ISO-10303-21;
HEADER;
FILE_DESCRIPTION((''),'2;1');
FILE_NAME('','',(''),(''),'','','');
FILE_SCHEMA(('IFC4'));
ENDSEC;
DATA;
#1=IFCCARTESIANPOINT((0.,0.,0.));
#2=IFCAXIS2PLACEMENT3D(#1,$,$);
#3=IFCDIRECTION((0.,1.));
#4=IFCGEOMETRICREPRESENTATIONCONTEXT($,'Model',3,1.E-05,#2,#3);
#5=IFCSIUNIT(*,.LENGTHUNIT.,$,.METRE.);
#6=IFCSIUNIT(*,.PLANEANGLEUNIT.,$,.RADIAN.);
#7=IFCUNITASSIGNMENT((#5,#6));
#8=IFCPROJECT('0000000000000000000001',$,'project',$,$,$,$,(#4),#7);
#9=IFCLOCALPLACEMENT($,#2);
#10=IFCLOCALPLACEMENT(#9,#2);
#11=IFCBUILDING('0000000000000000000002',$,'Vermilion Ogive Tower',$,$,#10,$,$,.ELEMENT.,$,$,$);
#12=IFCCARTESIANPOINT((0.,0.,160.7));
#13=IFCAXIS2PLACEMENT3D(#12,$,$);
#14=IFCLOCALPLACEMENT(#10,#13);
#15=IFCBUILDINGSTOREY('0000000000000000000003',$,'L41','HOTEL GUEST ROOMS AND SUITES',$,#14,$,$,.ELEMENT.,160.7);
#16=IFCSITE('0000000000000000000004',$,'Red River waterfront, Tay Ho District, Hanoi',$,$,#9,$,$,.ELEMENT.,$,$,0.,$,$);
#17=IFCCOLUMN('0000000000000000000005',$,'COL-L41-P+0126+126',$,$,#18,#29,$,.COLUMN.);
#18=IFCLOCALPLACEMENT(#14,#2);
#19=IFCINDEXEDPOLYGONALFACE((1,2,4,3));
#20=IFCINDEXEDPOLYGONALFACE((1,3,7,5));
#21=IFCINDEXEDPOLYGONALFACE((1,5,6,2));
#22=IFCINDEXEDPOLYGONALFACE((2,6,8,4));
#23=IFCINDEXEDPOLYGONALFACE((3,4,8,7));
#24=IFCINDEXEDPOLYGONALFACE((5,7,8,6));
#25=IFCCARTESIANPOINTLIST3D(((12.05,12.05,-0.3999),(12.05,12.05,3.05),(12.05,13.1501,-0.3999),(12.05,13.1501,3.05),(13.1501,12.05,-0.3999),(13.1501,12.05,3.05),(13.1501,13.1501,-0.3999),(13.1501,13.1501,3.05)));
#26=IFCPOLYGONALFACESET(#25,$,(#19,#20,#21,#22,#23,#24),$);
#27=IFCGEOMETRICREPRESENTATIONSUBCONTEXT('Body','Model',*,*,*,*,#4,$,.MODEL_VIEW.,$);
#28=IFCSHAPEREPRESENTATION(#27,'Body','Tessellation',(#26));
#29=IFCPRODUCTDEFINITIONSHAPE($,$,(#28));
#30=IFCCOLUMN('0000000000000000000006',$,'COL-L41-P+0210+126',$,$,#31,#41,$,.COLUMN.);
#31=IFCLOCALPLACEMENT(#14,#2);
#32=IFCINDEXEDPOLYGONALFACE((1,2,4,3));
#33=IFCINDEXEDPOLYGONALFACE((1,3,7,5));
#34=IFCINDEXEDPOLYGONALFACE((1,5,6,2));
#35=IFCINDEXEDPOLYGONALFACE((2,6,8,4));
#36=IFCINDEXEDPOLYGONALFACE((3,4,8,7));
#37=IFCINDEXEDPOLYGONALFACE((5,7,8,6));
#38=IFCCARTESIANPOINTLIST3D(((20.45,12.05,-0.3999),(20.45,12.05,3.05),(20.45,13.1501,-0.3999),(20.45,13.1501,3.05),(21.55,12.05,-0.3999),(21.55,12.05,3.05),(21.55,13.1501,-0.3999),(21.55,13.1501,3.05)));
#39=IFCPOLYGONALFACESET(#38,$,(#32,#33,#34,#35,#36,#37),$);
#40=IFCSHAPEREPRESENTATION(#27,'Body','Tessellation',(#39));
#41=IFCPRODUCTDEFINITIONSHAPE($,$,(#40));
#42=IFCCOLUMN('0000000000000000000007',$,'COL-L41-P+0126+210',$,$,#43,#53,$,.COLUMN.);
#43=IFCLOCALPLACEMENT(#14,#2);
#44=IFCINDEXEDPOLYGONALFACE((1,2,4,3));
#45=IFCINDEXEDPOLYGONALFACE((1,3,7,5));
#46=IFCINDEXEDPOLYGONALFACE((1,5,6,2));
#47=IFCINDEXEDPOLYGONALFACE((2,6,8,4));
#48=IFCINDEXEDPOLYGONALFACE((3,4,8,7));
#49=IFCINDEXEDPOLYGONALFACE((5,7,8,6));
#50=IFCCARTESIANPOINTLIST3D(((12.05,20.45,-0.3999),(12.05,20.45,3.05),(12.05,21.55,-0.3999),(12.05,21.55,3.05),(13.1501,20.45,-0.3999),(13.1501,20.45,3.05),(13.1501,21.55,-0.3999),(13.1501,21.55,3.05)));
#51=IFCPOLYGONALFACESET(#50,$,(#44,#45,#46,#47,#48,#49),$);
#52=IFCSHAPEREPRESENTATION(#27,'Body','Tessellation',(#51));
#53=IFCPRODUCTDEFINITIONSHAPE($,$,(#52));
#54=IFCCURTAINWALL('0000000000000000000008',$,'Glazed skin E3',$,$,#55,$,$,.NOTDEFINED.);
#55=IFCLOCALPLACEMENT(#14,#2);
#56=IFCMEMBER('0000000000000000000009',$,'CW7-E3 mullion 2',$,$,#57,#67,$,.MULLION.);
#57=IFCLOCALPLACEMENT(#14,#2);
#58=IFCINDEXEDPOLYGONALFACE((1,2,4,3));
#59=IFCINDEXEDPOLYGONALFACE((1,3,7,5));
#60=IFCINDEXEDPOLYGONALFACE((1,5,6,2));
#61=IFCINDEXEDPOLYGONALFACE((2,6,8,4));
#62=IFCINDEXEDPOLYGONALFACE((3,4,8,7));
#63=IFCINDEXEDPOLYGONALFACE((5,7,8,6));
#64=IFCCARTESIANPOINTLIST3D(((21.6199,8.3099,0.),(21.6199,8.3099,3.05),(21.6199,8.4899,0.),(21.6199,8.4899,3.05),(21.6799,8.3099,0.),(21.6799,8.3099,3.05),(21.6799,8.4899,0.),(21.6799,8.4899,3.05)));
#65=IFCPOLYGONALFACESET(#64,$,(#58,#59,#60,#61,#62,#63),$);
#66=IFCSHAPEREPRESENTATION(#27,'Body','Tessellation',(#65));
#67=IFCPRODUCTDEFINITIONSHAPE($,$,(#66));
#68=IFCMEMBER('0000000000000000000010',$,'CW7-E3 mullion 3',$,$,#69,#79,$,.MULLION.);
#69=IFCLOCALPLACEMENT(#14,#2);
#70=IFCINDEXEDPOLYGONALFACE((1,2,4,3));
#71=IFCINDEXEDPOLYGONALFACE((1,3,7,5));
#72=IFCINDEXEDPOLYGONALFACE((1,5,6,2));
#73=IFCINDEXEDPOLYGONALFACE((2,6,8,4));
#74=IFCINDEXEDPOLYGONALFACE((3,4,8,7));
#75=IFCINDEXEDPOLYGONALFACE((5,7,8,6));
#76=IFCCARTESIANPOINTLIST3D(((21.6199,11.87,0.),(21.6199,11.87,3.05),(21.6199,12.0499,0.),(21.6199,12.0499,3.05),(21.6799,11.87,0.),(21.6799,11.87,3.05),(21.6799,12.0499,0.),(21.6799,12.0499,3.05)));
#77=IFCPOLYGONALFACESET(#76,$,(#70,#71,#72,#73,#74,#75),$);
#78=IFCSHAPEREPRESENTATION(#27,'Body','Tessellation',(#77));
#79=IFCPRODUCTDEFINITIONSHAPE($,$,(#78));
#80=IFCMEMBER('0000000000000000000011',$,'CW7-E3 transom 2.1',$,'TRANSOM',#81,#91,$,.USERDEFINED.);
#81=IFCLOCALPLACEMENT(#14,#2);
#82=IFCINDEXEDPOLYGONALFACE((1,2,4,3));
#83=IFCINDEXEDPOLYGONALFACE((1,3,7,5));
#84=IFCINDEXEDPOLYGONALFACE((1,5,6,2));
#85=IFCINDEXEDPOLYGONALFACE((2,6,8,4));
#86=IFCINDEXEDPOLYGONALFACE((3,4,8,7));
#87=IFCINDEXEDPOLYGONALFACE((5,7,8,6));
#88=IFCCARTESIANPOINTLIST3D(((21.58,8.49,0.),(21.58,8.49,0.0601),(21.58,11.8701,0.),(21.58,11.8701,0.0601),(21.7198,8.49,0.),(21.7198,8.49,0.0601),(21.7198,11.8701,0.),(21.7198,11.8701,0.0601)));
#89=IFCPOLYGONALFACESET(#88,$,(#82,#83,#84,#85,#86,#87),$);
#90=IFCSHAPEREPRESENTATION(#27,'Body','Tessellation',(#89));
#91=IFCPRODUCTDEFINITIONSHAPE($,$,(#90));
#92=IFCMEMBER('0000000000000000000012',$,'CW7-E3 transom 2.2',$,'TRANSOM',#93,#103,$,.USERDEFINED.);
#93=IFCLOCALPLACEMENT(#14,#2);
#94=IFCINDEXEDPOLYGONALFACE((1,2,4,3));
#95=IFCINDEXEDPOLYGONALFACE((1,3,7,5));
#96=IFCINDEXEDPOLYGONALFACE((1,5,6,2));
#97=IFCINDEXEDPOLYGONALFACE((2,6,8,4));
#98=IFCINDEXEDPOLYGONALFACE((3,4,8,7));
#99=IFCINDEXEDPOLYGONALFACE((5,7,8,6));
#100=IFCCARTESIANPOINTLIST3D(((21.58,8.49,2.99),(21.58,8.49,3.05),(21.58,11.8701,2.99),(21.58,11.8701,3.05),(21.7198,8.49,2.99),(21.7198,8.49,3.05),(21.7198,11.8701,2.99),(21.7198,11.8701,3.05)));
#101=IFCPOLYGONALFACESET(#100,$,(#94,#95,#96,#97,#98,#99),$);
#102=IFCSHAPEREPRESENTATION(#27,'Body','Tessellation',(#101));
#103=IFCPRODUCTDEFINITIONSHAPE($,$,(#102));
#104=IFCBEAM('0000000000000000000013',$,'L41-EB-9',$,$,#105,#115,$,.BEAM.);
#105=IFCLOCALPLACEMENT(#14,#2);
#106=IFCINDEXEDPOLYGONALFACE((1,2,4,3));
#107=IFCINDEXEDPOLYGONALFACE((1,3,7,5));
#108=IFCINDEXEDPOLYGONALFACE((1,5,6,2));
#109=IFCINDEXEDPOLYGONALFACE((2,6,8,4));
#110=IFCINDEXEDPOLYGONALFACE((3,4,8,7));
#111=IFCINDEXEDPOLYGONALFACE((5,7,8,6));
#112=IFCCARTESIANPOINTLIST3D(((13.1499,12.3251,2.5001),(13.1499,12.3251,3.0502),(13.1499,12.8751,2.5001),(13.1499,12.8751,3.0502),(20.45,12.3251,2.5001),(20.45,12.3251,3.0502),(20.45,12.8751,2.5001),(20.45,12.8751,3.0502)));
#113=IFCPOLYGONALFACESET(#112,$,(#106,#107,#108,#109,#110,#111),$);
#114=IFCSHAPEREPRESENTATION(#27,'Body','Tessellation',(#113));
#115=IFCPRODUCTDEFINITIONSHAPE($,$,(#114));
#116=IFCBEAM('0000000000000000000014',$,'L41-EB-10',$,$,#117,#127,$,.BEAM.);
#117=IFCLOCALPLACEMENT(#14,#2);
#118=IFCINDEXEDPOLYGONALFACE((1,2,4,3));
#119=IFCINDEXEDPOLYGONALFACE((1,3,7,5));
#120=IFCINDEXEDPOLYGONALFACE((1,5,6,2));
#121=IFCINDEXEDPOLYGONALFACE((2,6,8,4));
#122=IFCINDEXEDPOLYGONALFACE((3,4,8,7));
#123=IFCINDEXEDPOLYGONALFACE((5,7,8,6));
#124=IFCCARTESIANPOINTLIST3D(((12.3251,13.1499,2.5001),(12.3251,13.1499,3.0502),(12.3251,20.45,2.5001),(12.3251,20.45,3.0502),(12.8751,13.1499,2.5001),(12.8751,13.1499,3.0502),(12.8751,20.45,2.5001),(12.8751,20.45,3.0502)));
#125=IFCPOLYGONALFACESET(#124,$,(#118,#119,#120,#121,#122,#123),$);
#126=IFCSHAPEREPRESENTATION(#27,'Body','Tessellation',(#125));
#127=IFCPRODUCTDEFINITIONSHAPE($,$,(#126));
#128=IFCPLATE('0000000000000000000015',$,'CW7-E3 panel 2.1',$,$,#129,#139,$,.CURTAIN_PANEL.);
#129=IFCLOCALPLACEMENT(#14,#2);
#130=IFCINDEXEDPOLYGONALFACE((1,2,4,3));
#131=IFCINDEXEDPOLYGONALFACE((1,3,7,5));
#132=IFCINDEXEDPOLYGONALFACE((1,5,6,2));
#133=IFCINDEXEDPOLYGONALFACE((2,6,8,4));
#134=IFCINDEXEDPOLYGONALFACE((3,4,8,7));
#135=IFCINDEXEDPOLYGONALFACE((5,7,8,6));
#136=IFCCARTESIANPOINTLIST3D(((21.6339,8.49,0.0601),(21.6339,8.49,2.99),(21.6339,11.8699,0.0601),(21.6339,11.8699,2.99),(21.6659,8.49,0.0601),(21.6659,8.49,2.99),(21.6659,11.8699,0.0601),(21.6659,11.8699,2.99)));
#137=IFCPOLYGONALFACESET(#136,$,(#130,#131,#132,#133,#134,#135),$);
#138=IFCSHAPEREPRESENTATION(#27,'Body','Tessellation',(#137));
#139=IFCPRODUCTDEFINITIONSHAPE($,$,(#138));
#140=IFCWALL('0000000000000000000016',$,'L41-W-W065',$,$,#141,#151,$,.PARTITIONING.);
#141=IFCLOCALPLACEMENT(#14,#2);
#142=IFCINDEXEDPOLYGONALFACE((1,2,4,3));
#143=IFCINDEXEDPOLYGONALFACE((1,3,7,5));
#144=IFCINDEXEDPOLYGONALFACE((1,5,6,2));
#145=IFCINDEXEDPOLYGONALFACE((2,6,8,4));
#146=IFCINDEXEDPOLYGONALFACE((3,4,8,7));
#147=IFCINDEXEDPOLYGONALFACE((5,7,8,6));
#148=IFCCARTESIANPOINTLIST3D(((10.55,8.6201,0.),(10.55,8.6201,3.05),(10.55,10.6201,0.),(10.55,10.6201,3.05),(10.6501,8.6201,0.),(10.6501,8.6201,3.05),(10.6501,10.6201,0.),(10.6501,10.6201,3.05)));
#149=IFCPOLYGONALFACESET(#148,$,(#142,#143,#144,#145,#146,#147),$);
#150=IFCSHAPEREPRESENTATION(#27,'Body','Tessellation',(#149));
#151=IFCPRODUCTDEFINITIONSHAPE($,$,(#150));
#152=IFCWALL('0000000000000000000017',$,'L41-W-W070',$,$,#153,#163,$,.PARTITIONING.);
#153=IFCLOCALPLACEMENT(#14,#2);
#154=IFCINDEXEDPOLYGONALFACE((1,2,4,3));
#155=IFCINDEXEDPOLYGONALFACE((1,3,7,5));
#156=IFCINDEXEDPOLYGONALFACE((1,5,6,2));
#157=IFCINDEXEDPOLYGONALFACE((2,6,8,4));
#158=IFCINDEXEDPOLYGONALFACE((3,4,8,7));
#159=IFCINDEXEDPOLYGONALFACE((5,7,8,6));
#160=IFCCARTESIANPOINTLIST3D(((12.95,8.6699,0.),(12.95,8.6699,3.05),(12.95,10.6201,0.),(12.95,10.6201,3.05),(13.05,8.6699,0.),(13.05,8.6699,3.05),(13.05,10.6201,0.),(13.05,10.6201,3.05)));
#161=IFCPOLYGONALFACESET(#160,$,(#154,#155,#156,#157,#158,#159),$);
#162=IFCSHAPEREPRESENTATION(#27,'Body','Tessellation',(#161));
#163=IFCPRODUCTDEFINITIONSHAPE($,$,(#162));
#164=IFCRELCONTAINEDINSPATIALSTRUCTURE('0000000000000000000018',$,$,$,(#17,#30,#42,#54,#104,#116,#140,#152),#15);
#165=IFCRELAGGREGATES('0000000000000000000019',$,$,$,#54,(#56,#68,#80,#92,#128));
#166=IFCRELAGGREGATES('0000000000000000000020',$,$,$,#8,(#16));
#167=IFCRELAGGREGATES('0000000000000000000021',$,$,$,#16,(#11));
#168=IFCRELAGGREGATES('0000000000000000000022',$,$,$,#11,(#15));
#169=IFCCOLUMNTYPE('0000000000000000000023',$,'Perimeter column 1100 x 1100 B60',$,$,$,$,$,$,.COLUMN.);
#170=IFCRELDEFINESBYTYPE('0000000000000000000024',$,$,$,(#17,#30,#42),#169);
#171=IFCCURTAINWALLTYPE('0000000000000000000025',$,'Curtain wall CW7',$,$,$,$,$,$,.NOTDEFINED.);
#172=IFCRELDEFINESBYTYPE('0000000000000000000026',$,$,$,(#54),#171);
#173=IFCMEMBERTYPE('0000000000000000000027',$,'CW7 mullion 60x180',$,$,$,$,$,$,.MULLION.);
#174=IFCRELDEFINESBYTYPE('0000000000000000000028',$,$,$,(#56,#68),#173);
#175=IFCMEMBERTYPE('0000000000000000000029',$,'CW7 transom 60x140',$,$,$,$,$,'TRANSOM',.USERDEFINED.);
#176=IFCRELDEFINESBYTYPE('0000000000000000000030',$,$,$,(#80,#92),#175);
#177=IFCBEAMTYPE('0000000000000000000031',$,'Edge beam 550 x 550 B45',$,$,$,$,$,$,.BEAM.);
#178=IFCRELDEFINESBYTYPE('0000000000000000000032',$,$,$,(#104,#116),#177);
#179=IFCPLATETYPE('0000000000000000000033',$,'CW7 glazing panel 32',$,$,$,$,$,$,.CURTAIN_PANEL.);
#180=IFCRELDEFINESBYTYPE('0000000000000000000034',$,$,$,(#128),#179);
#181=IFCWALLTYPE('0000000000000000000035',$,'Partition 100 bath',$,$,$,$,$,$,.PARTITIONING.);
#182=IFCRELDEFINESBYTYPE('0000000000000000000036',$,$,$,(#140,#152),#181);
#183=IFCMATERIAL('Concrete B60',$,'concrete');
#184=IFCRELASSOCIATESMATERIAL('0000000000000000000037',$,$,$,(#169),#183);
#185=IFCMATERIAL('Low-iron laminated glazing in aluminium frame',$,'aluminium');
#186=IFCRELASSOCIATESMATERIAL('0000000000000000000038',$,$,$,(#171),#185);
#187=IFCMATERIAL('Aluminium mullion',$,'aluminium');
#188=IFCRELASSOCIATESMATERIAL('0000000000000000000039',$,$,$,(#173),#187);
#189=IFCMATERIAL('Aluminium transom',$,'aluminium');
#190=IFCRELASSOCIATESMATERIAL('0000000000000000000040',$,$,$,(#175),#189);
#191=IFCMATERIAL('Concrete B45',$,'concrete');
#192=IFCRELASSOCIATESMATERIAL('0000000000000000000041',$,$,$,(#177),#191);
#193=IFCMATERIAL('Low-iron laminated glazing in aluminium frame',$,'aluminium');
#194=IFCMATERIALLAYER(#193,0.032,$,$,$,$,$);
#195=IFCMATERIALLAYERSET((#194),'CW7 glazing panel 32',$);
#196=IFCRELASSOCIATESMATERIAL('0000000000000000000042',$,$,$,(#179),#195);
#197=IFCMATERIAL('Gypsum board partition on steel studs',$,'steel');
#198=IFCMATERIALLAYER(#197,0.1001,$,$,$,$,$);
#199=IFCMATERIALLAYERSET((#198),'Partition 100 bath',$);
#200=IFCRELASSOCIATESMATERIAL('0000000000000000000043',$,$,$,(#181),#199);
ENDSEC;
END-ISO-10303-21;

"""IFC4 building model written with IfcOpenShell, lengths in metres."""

from ifc_helpers import new_model, si_unit, direction, frame, frame_2d, origin, origin_2d, place, context, subcontext, project, spatial, rectangle, extrude, material, layer, layer_set, material_profile, profile_set, type_object, element, aggregate, save


model = new_model("IFC4")

# Units and contexts
model_context = context("Model", 3, precision=1e-05, world=origin(), true_north=direction((0.0, 1.0)))
body_context = subcontext(model_context, "Body", "Model", "MODEL_VIEW")
ifc_project = project(units=[si_unit("LENGTHUNIT", "METRE"), si_unit("PLANEANGLEUNIT", "RADIAN")], contexts=[model_context])

# Site, building, storey
site_placement = place(None, origin())
site = spatial("IfcSite", under=ifc_project, at=site_placement, Name="Red River waterfront, Tay Ho District, Hanoi", CompositionType="ELEMENT", RefElevation=0.0)
building_placement = place(site_placement, origin())
building = spatial("IfcBuilding", under=site, at=building_placement, Name="Vermilion Ogive Tower", CompositionType="ELEMENT")
storey_placement = place(building_placement, frame((0.0, 0.0, 160.7)))
storey = spatial("IfcBuildingStorey", under=building, at=storey_placement, Name="L41", Description="HOTEL GUEST ROOMS AND SUITES", CompositionType="ELEMENT", Elevation=160.7)

# Columns
ifc_material_1 = material(Name="Concrete B60", Category="concrete")
ifc_material_profile_1 = material_profile(ifc_material_1, rectangle(XDim=1.1001, YDim=1.1001, at=origin_2d()), Name="1100 x 1100")
ifc_profile_set_1 = profile_set([ifc_material_profile_1], Name="Concrete B60")
column_type = type_object("IfcColumnType", Name="Perimeter column 1100 x 1100 B60", PredefinedType="COLUMN", material=ifc_profile_set_1)
for number, where, z_axis, x_axis, name in (
    (1, (12.6001, 12.6001, -0.3999), (0.0, 0.0, 1.0), (1.0, 0.0, 0.0), "COL-L41-P+0126+126"),
    (2, (21.0, 12.6001, -0.3999), (0.0, 0.0, 1.0), (1.0, 0.0, 0.0), "COL-L41-P+0210+126"),
    (3, (12.6001, 21.0, -0.3999), (0.0, 0.0, 1.0), (1.0, 0.0, 0.0), "COL-L41-P+0126+210"),
):
    element("IfcColumn", number, at=place(storey_placement, frame(where, z_axis=z_axis, x_axis=x_axis)), inside=storey, type_object=column_type, Name=name, PredefinedType="COLUMN", context=body_context, shape_type="SweptSolid", body=[
        extrude(rectangle(XDim=1.1001, YDim=1.1001, at=origin_2d()), origin(), (0.0, 0.0, 1.0), 3.45),
    ])

# Curtain wall, members
ifc_material_2 = material(Name="Low-iron laminated glazing in aluminium frame", Category="aluminium")
curtain_wall_type = type_object("IfcCurtainWallType", Name="Curtain wall CW7", PredefinedType="NOTDEFINED", material=ifc_material_2)
curtain_wall_placement = place(storey_placement, origin())
curtain_wall = element("IfcCurtainWall", 4, at=curtain_wall_placement, inside=storey, type_object=curtain_wall_type, Name="Glazed skin E3", PredefinedType="NOTDEFINED")
ifc_material_3 = material(Name="Aluminium mullion", Category="aluminium")
ifc_material_profile_2 = material_profile(ifc_material_3, rectangle(XDim=0.0601, YDim=0.1799, at=origin_2d()), Name="AL 60x180")
ifc_profile_set_2 = profile_set([ifc_material_profile_2], Name="Aluminium mullion")
member_type_1 = type_object("IfcMemberType", Name="CW7 mullion 60x180", PredefinedType="MULLION", material=ifc_profile_set_2)
member_1_placement = place(storey_placement, frame((21.6499, 8.3999, 0.0), z_axis=(0.0, 0.0, 1.0), x_axis=(-1.0, 0.0, 0.0)))
member_1 = element("IfcMember", 5, at=member_1_placement, type_object=member_type_1, Name="CW7-E3 mullion 2", PredefinedType="MULLION", context=body_context, shape_type="SweptSolid", body=[
    extrude(rectangle(XDim=0.0601, YDim=0.1799, at=origin_2d()), origin(), (0.0, 0.0, 1.0), 3.05),
])
member_2_placement = place(storey_placement, frame((21.6499, 11.96, 0.0), z_axis=(0.0, 0.0, 1.0), x_axis=(-1.0, 0.0, 0.0)))
member_2 = element("IfcMember", 6, at=member_2_placement, type_object=member_type_1, Name="CW7-E3 mullion 3", PredefinedType="MULLION", context=body_context, shape_type="SweptSolid", body=[
    extrude(rectangle(XDim=0.0601, YDim=0.1799, at=origin_2d()), origin(), (0.0, 0.0, 1.0), 3.05),
])
ifc_material_4 = material(Name="Aluminium transom", Category="aluminium")
ifc_material_profile_3 = material_profile(ifc_material_4, rectangle(XDim=0.1399, YDim=0.0601, at=origin_2d()), Name="AL 60x140")
ifc_profile_set_3 = profile_set([ifc_material_profile_3], Name="Aluminium transom")
member_type_2 = type_object("IfcMemberType", Name="CW7 transom 60x140", ElementType="TRANSOM", PredefinedType="USERDEFINED", material=ifc_profile_set_3)
member_3_placement = place(storey_placement, frame((21.6499, 8.49, 0.03), z_axis=(0.0, 1.0, 0.0), x_axis=(-1.0, 0.0, 0.0)))
member_3 = element("IfcMember", 7, at=member_3_placement, type_object=member_type_2, Name="CW7-E3 transom 2.1", ObjectType="TRANSOM", PredefinedType="USERDEFINED", context=body_context, shape_type="SweptSolid", body=[
    extrude(rectangle(XDim=0.1399, YDim=0.0601, at=origin_2d()), origin(), (0.0, 0.0, 1.0), 3.3801),
])
member_4_placement = place(storey_placement, frame((21.6499, 8.49, 3.02), z_axis=(0.0, 1.0, 0.0), x_axis=(-1.0, 0.0, 0.0)))
member_4 = element("IfcMember", 8, at=member_4_placement, type_object=member_type_2, Name="CW7-E3 transom 2.2", ObjectType="TRANSOM", PredefinedType="USERDEFINED", context=body_context, shape_type="SweptSolid", body=[
    extrude(rectangle(XDim=0.1399, YDim=0.0601, at=origin_2d()), origin(), (0.0, 0.0, 1.0), 3.3801),
])

# Beams
ifc_material_5 = material(Name="Concrete B45", Category="concrete")
ifc_material_profile_4 = material_profile(ifc_material_5, rectangle(XDim=0.55, YDim=0.55, at=origin_2d()), Name="550 x 550")
ifc_profile_set_4 = profile_set([ifc_material_profile_4], Name="Concrete B45")
beam_type = type_object("IfcBeamType", Name="Edge beam 550 x 550 B45", PredefinedType="BEAM", material=ifc_profile_set_4)
for number, where, z_axis, x_axis, name in (
    (9, (20.45, 12.6001, 2.7751), (-1.0, 0.0, 0.0), (0.0, -1.0, 0.0), "L41-EB-9"),
    (10, (12.6001, 13.1499, 2.7751), (0.0, 1.0, 0.0), (-1.0, 0.0, 0.0), "L41-EB-10"),
):
    element("IfcBeam", number, at=place(storey_placement, frame(where, z_axis=z_axis, x_axis=x_axis)), inside=storey, type_object=beam_type, Name=name, PredefinedType="BEAM", context=body_context, shape_type="SweptSolid", body=[
        extrude(rectangle(XDim=0.55, YDim=0.55, at=origin_2d()), origin(), (0.0, 0.0, 1.0), 7.3),
    ])

# Plate
ifc_material_6 = material(Name="Low-iron laminated glazing in aluminium frame", Category="aluminium")
ifc_layer_1 = layer(ifc_material_6, 0.032)
ifc_layer_set_1 = layer_set([ifc_layer_1], Name="CW7 glazing panel 32")
plate_type = type_object("IfcPlateType", Name="CW7 glazing panel 32", PredefinedType="CURTAIN_PANEL", material=ifc_layer_set_1)
plate_placement = place(storey_placement, frame((21.6499, 10.1799, 0.0601), z_axis=(0.0, 0.0, 1.0), x_axis=(0.0, 1.0, 0.0)))
plate = element("IfcPlate", 11, at=plate_placement, type_object=plate_type, Name="CW7-E3 panel 2.1", PredefinedType="CURTAIN_PANEL", context=body_context, shape_type="SweptSolid", body=[
    extrude(rectangle(XDim=3.3799, YDim=0.032, at=origin_2d()), origin(), (0.0, 0.0, 1.0), 2.9299),
])
aggregate(curtain_wall, [member_1, member_2, member_3, member_4, plate])

# Walls
ifc_material_7 = material(Name="Gypsum board partition on steel studs", Category="steel")
ifc_layer_2 = layer(ifc_material_7, 0.1001)
ifc_layer_set_2 = layer_set([ifc_layer_2], Name="Partition 100 bath")
wall_type_1 = type_object("IfcWallType", Name="Partition 100 bath", PredefinedType="PARTITIONING", material=ifc_layer_set_2)
wall_1_placement = place(storey_placement, frame((10.6001, 8.6201, 0.0), z_axis=(0.0, 0.0, 1.0), x_axis=(0.0, 1.0, 0.0)))
element("IfcWall", 12, at=wall_1_placement, inside=storey, type_object=wall_type_1, Name="L41-W-W065", PredefinedType="PARTITIONING", context=body_context, shape_type="SweptSolid", body=[
    extrude(rectangle(XDim=2.0, YDim=0.1001, at=frame_2d((1.0, 0.0))), origin(), (0.0, 0.0, 1.0), 3.05),
])
wall_2_placement = place(storey_placement, frame((13.0, 8.6699, 0.0), z_axis=(0.0, 0.0, 1.0), x_axis=(0.0, 1.0, 0.0)))
element("IfcWall", 13, at=wall_2_placement, inside=storey, type_object=wall_type_1, Name="L41-W-W070", PredefinedType="PARTITIONING", context=body_context, shape_type="SweptSolid", body=[
    extrude(rectangle(XDim=1.9502, YDim=0.1001, at=frame_2d((0.9751, 0.0))), origin(), (0.0, 0.0, 1.0), 3.05),
])

save(model, "model.ifc")
